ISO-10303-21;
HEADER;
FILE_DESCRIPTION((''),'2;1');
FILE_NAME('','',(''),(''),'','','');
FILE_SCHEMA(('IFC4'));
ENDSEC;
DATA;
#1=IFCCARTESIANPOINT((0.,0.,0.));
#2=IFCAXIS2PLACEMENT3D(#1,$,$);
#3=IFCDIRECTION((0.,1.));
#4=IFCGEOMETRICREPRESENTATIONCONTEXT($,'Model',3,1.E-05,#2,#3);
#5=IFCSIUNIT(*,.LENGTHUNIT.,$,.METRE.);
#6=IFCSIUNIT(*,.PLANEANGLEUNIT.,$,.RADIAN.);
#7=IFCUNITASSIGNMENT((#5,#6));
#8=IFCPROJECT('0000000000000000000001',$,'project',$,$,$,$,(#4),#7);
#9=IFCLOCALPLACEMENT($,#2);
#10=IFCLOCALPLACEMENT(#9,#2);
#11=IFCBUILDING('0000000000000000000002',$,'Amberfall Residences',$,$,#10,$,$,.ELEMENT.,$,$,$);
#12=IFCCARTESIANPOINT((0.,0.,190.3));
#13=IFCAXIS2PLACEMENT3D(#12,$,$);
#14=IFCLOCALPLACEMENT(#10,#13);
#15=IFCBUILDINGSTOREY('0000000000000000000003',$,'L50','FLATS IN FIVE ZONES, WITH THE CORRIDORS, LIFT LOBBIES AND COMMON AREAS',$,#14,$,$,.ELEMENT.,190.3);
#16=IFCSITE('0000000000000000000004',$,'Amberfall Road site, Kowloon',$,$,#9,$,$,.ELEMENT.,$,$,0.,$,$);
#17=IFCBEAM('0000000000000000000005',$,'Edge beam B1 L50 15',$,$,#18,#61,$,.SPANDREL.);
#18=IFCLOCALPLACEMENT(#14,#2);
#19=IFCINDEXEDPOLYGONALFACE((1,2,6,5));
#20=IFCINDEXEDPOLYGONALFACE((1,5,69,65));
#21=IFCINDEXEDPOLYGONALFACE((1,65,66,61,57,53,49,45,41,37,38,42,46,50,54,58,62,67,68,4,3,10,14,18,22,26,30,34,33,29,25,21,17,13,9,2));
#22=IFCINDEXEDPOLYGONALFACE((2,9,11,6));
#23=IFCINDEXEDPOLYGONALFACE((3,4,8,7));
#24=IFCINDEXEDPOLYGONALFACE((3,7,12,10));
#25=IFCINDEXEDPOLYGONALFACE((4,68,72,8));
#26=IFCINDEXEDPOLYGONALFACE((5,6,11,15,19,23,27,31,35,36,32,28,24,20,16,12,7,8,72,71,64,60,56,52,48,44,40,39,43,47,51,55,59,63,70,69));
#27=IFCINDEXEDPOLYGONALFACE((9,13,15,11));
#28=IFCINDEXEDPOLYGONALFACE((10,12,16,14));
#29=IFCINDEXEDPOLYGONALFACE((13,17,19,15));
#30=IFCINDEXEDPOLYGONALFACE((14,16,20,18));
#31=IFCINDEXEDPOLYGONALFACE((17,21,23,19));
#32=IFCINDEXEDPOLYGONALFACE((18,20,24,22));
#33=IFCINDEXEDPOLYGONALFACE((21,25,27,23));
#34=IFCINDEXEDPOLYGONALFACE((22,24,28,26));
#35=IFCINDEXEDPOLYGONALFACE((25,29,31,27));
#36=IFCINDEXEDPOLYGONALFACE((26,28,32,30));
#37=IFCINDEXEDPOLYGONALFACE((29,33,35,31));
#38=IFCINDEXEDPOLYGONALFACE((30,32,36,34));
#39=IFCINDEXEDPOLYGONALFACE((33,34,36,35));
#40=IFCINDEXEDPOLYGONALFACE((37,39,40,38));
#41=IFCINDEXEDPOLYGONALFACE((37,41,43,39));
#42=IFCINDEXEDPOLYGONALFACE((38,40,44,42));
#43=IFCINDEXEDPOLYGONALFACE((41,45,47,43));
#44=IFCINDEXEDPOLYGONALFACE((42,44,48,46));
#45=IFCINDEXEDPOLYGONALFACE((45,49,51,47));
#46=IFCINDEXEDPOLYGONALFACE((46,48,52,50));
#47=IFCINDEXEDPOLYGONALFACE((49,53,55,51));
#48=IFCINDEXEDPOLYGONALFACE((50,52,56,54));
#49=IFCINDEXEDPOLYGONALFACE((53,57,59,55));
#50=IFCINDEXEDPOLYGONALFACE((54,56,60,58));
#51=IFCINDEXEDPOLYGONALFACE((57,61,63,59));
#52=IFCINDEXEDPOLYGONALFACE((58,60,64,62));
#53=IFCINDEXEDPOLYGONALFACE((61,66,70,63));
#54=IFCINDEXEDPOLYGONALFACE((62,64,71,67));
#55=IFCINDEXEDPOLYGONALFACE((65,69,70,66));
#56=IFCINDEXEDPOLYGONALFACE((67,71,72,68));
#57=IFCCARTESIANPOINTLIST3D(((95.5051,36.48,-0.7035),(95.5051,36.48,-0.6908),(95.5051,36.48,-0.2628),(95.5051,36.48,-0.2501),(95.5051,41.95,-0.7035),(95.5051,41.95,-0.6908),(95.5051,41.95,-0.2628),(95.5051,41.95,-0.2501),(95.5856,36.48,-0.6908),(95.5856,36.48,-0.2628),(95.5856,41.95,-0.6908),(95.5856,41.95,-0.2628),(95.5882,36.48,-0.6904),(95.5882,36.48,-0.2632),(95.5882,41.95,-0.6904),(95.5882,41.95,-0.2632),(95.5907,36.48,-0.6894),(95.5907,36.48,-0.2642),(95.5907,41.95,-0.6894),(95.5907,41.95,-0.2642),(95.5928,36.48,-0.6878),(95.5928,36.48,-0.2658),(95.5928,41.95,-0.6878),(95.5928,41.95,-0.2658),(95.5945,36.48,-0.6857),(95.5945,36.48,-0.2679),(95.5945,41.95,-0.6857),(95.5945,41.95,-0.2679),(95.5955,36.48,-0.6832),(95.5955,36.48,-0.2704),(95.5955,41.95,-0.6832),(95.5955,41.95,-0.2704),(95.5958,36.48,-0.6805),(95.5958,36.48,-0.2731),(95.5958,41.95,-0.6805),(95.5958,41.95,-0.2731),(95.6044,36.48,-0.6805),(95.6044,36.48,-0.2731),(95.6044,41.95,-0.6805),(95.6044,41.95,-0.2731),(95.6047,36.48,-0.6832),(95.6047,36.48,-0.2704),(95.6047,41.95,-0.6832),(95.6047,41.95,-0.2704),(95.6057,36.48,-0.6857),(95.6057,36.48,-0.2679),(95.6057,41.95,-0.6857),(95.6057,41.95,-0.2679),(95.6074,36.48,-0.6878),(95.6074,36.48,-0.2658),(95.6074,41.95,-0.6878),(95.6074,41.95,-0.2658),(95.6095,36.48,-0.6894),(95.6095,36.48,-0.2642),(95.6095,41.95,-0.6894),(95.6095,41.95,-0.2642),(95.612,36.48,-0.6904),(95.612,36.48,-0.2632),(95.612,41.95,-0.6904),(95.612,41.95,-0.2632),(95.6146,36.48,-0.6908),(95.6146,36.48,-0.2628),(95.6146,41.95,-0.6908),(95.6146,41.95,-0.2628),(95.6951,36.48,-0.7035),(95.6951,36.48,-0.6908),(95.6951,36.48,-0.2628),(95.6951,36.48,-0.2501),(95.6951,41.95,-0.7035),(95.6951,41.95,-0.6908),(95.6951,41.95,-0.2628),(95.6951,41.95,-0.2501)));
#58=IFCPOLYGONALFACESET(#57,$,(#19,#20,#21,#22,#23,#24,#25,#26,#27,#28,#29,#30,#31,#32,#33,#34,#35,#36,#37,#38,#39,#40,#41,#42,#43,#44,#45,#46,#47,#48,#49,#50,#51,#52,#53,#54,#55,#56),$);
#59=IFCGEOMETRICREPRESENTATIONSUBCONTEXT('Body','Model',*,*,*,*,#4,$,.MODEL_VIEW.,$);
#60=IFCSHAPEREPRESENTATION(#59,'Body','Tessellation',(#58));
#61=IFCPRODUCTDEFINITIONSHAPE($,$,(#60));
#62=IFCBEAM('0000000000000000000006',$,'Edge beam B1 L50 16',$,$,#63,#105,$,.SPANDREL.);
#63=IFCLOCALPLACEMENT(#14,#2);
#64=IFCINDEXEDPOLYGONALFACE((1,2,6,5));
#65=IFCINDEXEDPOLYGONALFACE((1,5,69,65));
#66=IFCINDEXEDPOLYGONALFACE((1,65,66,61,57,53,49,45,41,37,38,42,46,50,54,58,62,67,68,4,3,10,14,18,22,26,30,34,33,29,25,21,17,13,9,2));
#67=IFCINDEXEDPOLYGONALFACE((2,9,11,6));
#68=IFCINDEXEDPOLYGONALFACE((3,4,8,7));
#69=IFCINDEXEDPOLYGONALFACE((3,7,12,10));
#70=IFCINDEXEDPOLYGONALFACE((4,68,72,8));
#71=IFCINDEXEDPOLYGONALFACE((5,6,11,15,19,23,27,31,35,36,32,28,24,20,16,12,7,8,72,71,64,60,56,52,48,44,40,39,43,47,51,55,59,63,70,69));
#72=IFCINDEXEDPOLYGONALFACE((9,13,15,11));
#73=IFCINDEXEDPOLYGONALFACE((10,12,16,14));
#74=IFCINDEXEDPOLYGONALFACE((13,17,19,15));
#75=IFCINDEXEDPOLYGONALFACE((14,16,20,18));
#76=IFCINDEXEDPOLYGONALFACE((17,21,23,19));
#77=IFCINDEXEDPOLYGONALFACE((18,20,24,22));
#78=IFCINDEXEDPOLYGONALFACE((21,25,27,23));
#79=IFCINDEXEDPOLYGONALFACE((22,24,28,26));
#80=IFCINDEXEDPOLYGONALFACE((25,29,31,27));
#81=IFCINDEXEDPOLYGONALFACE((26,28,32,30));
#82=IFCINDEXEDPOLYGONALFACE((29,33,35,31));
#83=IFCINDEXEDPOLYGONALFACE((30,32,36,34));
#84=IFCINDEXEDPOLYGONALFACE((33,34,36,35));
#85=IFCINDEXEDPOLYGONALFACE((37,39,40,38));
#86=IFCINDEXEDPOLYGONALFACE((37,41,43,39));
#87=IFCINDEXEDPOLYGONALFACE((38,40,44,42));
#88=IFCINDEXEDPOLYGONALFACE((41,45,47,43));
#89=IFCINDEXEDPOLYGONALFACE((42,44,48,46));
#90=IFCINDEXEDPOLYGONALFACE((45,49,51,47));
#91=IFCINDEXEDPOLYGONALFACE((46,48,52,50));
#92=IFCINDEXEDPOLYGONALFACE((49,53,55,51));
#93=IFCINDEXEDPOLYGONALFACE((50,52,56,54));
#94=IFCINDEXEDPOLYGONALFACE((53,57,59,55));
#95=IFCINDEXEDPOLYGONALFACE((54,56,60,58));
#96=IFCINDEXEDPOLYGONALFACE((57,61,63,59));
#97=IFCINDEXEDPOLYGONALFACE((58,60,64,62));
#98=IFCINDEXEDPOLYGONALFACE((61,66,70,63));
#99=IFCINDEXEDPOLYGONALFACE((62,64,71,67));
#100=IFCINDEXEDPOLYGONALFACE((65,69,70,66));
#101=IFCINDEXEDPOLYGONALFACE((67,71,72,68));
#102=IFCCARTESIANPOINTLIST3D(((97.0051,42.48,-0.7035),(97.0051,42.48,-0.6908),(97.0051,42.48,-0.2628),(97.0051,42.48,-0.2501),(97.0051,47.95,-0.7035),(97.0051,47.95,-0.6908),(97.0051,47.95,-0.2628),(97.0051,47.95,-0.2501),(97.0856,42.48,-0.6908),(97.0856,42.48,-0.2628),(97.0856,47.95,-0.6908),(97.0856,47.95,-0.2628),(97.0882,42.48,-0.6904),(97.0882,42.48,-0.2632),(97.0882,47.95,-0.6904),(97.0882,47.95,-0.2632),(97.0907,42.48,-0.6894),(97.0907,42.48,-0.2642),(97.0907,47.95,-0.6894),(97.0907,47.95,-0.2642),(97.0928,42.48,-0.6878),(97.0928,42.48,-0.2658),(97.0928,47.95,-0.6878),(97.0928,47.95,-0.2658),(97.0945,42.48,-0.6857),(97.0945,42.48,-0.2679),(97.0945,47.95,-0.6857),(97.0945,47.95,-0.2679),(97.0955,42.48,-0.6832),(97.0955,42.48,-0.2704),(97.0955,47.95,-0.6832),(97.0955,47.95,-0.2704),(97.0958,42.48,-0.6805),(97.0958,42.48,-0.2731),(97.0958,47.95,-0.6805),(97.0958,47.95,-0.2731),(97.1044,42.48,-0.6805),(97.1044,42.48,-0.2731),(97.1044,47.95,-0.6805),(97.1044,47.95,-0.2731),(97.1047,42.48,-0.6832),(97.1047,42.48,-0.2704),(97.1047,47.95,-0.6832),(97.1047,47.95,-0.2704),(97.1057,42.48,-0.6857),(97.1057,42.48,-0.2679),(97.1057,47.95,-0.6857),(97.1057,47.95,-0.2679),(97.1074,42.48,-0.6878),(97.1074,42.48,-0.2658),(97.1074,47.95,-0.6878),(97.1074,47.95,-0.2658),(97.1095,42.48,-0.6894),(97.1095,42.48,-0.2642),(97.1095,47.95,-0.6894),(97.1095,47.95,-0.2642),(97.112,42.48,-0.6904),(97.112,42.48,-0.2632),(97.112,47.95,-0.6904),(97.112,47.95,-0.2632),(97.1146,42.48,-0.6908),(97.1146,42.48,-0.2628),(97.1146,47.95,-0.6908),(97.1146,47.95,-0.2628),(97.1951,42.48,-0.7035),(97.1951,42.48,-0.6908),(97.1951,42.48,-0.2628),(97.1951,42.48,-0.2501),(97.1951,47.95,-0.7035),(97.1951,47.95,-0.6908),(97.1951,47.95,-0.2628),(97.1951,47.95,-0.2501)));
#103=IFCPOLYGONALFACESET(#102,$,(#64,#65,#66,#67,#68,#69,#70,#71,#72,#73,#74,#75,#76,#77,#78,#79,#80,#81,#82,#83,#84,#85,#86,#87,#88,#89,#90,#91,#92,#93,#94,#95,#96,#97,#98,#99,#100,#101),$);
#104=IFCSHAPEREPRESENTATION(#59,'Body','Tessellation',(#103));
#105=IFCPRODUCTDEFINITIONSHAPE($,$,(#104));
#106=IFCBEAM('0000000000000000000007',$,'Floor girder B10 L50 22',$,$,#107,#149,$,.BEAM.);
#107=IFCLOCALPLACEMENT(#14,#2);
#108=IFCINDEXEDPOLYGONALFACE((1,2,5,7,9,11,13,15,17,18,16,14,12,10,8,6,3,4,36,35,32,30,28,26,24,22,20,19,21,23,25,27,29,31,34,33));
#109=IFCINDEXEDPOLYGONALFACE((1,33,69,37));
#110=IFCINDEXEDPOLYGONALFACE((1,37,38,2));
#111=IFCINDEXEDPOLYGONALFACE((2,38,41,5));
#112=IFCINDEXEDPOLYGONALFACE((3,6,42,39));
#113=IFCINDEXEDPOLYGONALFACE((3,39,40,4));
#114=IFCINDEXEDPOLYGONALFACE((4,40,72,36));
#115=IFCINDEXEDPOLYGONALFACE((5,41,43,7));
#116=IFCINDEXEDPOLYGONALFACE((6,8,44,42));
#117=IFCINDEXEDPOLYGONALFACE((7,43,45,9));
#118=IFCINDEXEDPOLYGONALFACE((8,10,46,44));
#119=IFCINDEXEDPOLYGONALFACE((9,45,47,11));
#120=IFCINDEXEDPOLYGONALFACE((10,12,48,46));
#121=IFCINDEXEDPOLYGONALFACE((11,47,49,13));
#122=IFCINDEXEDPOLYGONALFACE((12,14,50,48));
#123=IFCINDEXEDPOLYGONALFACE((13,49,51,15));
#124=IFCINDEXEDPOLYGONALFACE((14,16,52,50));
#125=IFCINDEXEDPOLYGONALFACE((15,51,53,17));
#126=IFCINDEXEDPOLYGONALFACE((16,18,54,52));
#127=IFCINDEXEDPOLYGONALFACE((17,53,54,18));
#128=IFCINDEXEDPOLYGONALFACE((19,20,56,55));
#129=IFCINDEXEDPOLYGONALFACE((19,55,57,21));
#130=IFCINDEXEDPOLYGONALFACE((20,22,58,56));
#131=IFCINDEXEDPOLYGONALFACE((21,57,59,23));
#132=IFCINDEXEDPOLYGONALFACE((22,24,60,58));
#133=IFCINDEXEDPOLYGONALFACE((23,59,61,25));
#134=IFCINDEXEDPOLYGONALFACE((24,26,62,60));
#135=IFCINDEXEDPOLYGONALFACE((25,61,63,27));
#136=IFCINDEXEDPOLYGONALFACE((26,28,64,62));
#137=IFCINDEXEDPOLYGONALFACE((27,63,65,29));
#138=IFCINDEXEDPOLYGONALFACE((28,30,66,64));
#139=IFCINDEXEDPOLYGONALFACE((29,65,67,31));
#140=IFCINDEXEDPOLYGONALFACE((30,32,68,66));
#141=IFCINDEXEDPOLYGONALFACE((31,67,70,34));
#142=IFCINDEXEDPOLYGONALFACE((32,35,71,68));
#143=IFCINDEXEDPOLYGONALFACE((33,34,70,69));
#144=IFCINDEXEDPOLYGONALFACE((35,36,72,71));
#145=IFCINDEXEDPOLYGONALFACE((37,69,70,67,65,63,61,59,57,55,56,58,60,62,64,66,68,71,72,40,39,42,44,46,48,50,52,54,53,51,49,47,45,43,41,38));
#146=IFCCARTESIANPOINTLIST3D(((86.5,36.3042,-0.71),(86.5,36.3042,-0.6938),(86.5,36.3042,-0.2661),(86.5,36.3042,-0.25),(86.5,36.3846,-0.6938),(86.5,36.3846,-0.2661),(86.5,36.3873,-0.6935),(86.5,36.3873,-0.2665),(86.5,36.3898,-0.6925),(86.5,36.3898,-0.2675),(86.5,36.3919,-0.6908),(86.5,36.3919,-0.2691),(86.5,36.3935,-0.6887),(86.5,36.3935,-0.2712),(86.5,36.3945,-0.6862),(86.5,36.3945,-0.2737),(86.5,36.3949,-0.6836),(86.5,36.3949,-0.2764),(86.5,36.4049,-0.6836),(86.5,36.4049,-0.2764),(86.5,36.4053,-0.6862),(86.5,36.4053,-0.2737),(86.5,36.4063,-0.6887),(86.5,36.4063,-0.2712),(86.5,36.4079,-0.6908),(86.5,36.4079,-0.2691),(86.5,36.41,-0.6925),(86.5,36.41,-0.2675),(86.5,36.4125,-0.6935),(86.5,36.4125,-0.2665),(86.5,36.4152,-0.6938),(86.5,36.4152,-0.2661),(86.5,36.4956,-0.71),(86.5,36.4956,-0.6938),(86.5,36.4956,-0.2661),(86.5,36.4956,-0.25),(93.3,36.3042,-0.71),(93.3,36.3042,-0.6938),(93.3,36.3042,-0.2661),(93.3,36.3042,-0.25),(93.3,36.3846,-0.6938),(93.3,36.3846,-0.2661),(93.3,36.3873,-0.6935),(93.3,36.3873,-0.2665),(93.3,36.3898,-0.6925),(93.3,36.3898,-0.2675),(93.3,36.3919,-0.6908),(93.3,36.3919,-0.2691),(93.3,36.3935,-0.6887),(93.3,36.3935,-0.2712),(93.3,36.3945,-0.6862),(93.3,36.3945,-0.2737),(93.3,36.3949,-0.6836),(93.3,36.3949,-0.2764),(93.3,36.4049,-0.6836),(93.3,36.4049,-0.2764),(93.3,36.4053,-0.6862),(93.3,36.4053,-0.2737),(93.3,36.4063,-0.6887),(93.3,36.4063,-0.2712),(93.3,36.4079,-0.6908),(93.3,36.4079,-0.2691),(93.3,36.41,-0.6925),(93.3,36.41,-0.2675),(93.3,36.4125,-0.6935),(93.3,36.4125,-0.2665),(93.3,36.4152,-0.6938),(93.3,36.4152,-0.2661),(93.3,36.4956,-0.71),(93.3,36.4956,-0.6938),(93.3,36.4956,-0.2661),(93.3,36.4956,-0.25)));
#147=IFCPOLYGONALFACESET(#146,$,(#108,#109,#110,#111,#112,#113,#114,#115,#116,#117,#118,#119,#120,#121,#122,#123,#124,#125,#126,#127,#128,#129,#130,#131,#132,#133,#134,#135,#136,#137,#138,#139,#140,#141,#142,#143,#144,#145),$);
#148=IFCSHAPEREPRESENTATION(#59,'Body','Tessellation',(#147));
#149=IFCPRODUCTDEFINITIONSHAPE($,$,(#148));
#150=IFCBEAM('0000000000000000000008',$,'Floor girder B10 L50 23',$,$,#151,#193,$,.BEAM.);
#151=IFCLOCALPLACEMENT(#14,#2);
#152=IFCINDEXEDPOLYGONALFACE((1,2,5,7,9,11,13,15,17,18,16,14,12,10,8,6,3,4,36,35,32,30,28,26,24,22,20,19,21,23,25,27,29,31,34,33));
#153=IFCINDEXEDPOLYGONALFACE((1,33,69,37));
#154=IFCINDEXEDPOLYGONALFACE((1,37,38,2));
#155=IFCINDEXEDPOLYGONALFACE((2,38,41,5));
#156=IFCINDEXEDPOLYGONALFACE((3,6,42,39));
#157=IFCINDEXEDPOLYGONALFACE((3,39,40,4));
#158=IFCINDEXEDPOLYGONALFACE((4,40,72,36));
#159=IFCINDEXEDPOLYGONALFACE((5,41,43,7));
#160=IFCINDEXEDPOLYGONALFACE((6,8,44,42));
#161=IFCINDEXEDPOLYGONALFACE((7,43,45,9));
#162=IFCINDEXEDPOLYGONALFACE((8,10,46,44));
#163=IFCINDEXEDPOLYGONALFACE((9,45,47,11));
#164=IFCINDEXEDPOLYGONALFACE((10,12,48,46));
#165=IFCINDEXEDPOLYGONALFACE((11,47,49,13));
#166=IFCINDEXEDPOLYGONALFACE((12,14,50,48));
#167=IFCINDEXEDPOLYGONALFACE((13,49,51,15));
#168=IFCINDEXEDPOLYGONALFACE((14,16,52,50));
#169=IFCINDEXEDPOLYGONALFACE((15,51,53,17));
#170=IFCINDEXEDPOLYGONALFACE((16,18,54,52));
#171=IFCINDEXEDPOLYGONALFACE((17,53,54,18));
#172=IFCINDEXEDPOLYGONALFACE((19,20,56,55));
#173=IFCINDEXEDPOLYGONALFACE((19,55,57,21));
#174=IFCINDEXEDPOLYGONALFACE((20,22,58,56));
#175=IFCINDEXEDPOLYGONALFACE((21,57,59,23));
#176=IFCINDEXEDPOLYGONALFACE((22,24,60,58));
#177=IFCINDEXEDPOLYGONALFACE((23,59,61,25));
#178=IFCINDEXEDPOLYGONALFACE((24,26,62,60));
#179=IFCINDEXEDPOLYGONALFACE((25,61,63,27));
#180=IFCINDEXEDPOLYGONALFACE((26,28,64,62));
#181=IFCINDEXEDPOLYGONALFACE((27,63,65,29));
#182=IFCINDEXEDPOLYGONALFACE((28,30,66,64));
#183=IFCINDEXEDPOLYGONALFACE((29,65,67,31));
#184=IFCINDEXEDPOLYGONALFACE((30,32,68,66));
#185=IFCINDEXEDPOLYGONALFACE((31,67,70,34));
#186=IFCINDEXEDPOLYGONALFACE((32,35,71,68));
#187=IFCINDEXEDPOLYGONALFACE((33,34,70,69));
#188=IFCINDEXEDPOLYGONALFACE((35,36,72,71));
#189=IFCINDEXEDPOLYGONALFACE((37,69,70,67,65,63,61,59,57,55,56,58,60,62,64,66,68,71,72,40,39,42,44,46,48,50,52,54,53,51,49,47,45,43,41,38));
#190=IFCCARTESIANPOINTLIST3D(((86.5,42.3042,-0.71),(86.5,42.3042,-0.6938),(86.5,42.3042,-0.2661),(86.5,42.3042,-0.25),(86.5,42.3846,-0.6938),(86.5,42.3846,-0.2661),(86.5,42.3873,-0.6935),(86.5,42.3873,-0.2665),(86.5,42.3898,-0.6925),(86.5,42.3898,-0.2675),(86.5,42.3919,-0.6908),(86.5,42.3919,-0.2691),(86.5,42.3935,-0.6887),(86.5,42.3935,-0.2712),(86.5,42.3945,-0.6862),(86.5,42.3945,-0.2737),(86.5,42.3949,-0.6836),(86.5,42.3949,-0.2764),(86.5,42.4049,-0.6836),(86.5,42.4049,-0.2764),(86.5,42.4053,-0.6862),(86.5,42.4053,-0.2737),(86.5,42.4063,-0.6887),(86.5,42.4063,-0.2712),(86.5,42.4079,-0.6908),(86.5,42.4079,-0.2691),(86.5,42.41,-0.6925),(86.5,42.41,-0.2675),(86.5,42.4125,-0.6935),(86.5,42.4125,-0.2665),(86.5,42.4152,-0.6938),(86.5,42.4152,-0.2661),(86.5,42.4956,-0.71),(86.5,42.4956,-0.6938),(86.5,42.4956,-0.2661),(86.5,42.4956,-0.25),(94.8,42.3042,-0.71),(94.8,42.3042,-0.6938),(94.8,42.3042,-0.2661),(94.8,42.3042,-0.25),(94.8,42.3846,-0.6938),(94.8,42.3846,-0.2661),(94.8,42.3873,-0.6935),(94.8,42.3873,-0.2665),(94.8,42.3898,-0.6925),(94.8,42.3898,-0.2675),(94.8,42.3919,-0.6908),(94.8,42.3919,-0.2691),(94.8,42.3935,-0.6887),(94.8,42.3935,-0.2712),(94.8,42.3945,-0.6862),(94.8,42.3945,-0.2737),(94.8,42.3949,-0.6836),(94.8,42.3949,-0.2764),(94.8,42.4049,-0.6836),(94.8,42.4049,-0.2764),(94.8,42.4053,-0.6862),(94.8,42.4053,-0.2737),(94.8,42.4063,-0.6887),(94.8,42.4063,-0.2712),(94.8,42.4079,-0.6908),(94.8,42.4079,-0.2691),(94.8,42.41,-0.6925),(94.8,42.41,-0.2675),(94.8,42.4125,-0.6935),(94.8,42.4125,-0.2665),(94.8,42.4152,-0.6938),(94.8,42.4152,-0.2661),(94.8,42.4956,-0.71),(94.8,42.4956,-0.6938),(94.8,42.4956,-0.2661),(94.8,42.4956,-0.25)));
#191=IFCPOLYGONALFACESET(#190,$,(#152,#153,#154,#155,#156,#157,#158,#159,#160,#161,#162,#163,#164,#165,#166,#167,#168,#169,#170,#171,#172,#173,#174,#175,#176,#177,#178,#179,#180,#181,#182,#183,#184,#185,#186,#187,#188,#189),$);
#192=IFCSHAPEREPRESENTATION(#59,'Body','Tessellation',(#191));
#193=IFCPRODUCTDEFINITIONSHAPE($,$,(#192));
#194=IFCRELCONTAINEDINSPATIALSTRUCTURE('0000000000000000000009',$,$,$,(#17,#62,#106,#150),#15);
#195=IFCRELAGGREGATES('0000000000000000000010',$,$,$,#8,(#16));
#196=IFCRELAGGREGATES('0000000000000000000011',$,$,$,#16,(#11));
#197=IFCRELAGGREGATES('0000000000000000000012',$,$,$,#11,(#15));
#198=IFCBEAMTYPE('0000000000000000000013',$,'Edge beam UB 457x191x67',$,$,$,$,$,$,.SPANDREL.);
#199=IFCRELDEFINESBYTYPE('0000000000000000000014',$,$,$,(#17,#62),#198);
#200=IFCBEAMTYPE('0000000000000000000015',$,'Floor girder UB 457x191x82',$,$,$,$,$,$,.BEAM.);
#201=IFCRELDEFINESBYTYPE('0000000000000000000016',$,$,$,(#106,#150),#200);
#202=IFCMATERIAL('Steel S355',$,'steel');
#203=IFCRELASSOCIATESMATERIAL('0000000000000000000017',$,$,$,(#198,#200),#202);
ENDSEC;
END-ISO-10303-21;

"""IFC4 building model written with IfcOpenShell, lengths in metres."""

from ifc_helpers import new_model, si_unit, direction, frame, origin, origin_2d, place, context, subcontext, project, spatial, i_section, extrude, material, material_profile, profile_set, type_object, element, save


model = new_model("IFC4")

# Units and contexts
model_context = context("Model", 3, precision=1e-05, world=origin(), true_north=direction((0.0, 1.0)))
body_context = subcontext(model_context, "Body", "Model", "MODEL_VIEW")
ifc_project = project(units=[si_unit("LENGTHUNIT", "METRE"), si_unit("PLANEANGLEUNIT", "RADIAN")], contexts=[model_context])

# Site, building, storey
site_placement = place(None, origin())
site = spatial("IfcSite", under=ifc_project, at=site_placement, Name="Amberfall Road site, Kowloon", CompositionType="ELEMENT", RefElevation=0.0)
building_placement = place(site_placement, origin())
building = spatial("IfcBuilding", under=site, at=building_placement, Name="Amberfall Residences", CompositionType="ELEMENT")
storey_placement = place(building_placement, frame((0.0, 0.0, 190.3)))
storey = spatial("IfcBuildingStorey", under=building, at=storey_placement, Name="L50", Description="FLATS IN FIVE ZONES, WITH THE CORRIDORS, LIFT LOBBIES AND COMMON AREAS", CompositionType="ELEMENT", Elevation=190.3)

# Beams
ifc_material_1 = material(Name="Steel S355", Category="steel")
ifc_material_profile_1 = material_profile(ifc_material_1, i_section(OverallWidth=0.1899, OverallDepth=0.4534, WebThickness=0.0085, FlangeThickness=0.0127, FilletRadius=0.0103, at=origin_2d()), Name="UB 457x191x67")
ifc_profile_set_1 = profile_set([ifc_material_profile_1], Name="Steel S355")
beam_type_1 = type_object("IfcBeamType", Name="Edge beam UB 457x191x67", PredefinedType="SPANDREL", material=ifc_profile_set_1)
for number, where, z_axis, x_axis, name in (
    (1, (95.6001, 36.48, -0.4768), (0.0, 1.0, 0.0), (-1.0, 0.0, 0.0), "Edge beam B1 L50 15"),
    (2, (97.1001, 42.48, -0.4768), (0.0, 1.0, 0.0), (-1.0, 0.0, 0.0), "Edge beam B1 L50 16"),
):
    element("IfcBeam", number, at=place(storey_placement, frame(where, z_axis=z_axis, x_axis=x_axis)), inside=storey, type_object=beam_type_1, Name=name, PredefinedType="SPANDREL", context=body_context, shape_type="SweptSolid", body=[
        extrude(i_section(OverallWidth=0.1899, OverallDepth=0.4534, WebThickness=0.0085, FlangeThickness=0.0127, FilletRadius=0.0103, at=origin_2d()), origin(), (0.0, 0.0, 1.0), 5.47),
    ])
ifc_material_profile_2 = material_profile(ifc_material_1, i_section(OverallWidth=0.1914, OverallDepth=0.46, WebThickness=0.01, FlangeThickness=0.0161, FilletRadius=0.0103, at=origin_2d()), Name="UB 457x191x82")
ifc_profile_set_2 = profile_set([ifc_material_profile_2], Name="Steel S355")
beam_type_2 = type_object("IfcBeamType", Name="Floor girder UB 457x191x82", PredefinedType="BEAM", material=ifc_profile_set_2)
beam_1_placement = place(storey_placement, frame((93.3, 36.3999, -0.48), z_axis=(-1.0, 0.0, 0.0), x_axis=(0.0, -1.0, 0.0)))
element("IfcBeam", 3, at=beam_1_placement, inside=storey, type_object=beam_type_2, Name="Floor girder B10 L50 22", PredefinedType="BEAM", context=body_context, shape_type="SweptSolid", body=[
    extrude(i_section(OverallWidth=0.1914, OverallDepth=0.46, WebThickness=0.01, FlangeThickness=0.0161, FilletRadius=0.0103, at=origin_2d()), origin(), (0.0, 0.0, 1.0), 6.8),
])
beam_2_placement = place(storey_placement, frame((94.8, 42.3999, -0.48), z_axis=(-1.0, 0.0, 0.0), x_axis=(0.0, -1.0, 0.0)))
element("IfcBeam", 4, at=beam_2_placement, inside=storey, type_object=beam_type_2, Name="Floor girder B10 L50 23", PredefinedType="BEAM", context=body_context, shape_type="SweptSolid", body=[
    extrude(i_section(OverallWidth=0.1914, OverallDepth=0.46, WebThickness=0.01, FlangeThickness=0.0161, FilletRadius=0.0103, at=origin_2d()), origin(), (0.0, 0.0, 1.0), 8.3),
])

save(model, "model.ifc")
